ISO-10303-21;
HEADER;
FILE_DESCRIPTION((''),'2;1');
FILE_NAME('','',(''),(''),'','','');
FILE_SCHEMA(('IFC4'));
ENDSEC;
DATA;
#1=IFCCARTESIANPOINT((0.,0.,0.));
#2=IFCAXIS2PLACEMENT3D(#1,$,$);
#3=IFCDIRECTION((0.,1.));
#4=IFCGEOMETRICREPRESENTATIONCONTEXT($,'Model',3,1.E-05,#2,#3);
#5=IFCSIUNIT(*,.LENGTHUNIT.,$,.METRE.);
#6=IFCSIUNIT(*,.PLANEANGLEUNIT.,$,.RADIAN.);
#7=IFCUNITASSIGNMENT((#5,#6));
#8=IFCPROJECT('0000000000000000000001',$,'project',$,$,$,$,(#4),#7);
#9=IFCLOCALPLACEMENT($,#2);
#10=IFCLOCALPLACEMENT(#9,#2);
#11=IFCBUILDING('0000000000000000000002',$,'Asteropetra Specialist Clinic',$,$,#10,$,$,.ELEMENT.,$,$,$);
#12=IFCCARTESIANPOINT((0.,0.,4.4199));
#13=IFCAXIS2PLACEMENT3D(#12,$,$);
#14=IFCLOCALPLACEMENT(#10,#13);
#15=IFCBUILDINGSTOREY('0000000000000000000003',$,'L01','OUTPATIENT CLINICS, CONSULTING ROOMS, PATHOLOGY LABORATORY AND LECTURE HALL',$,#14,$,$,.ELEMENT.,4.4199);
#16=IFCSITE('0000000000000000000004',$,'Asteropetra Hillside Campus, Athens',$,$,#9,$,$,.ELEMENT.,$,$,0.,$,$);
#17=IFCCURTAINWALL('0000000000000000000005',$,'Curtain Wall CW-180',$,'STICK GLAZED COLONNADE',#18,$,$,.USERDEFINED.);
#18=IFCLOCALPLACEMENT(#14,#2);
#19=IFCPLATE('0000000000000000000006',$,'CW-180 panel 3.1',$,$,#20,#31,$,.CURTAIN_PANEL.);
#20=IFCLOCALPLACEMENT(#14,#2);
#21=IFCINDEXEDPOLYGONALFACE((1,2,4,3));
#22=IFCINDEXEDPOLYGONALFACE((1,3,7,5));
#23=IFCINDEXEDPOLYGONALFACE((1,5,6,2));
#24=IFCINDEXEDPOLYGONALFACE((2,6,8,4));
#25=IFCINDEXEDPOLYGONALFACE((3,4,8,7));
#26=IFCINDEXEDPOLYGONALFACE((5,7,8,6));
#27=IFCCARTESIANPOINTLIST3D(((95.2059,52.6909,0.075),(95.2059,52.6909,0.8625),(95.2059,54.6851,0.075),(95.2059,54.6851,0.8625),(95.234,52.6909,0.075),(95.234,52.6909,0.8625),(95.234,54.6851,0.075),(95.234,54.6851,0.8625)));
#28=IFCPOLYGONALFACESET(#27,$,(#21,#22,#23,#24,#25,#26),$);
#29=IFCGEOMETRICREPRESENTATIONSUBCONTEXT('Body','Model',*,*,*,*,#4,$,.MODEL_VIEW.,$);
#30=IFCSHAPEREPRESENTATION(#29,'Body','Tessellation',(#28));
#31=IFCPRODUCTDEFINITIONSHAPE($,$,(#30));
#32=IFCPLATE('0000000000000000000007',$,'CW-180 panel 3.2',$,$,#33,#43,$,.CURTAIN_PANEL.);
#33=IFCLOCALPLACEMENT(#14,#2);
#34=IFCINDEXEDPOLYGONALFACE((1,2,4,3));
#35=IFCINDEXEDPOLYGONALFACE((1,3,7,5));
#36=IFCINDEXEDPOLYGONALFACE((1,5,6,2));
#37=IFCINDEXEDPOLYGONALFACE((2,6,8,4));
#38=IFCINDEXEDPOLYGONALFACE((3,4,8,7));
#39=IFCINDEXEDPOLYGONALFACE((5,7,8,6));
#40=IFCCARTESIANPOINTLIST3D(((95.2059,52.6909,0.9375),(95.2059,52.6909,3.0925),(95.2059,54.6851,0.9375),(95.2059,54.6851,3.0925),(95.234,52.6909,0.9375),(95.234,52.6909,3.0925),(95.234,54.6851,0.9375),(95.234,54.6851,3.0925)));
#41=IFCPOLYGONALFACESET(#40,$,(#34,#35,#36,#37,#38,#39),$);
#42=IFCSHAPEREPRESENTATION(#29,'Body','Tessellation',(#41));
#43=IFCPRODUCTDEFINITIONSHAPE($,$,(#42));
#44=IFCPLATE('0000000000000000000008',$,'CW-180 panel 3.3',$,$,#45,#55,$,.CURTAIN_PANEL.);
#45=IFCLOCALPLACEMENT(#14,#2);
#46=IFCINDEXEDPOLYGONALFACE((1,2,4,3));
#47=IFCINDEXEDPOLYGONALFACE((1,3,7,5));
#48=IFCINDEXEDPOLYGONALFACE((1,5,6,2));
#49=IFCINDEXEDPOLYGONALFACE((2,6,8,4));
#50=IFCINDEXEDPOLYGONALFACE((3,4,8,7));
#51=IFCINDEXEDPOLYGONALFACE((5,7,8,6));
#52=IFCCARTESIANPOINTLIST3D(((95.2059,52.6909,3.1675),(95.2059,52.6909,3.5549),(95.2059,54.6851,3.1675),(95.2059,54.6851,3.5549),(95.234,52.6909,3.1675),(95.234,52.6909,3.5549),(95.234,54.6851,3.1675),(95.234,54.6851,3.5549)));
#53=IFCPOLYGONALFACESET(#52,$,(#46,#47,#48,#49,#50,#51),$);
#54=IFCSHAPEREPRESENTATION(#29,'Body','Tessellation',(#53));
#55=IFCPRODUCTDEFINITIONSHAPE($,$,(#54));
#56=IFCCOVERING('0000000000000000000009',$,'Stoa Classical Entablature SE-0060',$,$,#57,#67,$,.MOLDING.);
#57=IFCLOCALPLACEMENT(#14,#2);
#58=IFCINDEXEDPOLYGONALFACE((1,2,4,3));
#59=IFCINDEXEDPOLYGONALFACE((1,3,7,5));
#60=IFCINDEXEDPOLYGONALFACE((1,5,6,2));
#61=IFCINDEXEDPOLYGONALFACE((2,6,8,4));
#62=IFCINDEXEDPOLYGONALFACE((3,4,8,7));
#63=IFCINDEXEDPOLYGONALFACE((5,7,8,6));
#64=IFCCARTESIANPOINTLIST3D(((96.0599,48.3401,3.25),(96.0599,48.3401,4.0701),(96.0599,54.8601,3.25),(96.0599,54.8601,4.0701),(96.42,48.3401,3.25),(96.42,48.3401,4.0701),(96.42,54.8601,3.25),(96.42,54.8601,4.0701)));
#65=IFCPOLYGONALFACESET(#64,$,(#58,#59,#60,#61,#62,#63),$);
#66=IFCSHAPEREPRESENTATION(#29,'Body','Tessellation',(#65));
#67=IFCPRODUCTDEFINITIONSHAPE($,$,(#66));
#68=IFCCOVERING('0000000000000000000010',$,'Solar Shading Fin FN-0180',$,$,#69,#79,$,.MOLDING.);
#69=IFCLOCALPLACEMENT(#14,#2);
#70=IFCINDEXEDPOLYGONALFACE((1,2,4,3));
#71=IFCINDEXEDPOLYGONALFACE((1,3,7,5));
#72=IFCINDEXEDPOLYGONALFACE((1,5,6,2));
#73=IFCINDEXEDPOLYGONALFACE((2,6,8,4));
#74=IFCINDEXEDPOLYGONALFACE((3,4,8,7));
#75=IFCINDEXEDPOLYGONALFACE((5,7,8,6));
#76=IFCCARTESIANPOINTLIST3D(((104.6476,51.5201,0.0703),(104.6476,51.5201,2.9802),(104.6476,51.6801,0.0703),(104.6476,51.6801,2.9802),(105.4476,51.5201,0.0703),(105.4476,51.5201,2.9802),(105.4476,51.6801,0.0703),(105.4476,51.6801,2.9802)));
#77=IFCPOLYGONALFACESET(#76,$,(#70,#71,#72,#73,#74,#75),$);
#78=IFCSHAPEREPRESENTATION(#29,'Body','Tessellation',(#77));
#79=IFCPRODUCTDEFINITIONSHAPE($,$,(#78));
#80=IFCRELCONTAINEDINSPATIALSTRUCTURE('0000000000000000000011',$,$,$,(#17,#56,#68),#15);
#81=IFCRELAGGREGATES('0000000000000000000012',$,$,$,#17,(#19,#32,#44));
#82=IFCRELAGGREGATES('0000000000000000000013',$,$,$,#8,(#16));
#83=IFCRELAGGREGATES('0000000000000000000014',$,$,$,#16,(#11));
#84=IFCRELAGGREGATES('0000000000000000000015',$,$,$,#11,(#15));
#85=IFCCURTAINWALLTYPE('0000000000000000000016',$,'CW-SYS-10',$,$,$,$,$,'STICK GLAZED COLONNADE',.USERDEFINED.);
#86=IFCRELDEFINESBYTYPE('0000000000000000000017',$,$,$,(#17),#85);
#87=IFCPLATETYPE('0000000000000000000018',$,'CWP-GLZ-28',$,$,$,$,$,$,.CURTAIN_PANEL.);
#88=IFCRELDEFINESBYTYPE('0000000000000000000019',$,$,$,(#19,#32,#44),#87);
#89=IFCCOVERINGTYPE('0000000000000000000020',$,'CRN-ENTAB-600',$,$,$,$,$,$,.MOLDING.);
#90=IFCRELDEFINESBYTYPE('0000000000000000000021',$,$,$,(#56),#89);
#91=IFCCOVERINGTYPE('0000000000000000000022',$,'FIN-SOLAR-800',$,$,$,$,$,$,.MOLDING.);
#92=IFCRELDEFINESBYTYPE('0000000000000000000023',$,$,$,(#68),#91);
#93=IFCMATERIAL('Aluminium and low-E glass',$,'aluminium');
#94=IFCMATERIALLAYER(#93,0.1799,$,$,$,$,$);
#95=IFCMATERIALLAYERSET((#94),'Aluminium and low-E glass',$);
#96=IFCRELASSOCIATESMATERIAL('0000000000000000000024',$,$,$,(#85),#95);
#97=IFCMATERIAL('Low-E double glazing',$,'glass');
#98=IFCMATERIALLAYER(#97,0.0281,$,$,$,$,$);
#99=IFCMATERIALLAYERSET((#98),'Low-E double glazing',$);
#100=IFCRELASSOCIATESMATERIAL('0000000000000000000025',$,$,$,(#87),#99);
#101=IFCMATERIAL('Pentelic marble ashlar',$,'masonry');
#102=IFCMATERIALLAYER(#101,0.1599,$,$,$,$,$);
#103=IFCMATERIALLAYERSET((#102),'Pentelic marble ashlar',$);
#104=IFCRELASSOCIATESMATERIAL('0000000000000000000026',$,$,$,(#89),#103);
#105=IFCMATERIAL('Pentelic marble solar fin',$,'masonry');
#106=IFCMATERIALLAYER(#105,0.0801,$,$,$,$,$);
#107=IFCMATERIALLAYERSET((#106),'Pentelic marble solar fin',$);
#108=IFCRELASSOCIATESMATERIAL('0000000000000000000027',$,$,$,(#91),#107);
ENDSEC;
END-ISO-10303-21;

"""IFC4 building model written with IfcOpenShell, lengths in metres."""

from ifc_helpers import new_model, si_unit, direction, frame, origin, origin_2d, place, context, subcontext, project, spatial, rectangle, extrude, material, layer, layer_set, type_object, element, aggregate, save


model = new_model("IFC4")

# Units and contexts
model_context = context("Model", 3, precision=1e-05, world=origin(), true_north=direction((0.0, 1.0)))
body_context = subcontext(model_context, "Body", "Model", "MODEL_VIEW")
ifc_project = project(units=[si_unit("LENGTHUNIT", "METRE"), si_unit("PLANEANGLEUNIT", "RADIAN")], contexts=[model_context])

# Site, building, storey
site_placement = place(None, origin())
site = spatial("IfcSite", under=ifc_project, at=site_placement, Name="Asteropetra Hillside Campus, Athens", CompositionType="ELEMENT", RefElevation=0.0)
building_placement = place(site_placement, origin())
building = spatial("IfcBuilding", under=site, at=building_placement, Name="Asteropetra Specialist Clinic", CompositionType="ELEMENT")
storey_placement = place(building_placement, frame((0.0, 0.0, 4.4199)))
storey = spatial("IfcBuildingStorey", under=building, at=storey_placement, Name="L01", Description="OUTPATIENT CLINICS, CONSULTING ROOMS, PATHOLOGY LABORATORY AND LECTURE HALL", CompositionType="ELEMENT", Elevation=4.4199)

# Curtain wall
ifc_material_1 = material(Name="Aluminium and low-E glass", Category="aluminium")
ifc_layer_1 = layer(ifc_material_1, 0.1799)
ifc_layer_set_1 = layer_set([ifc_layer_1], Name="Aluminium and low-E glass")
curtain_wall_type_1 = type_object("IfcCurtainWallType", Name="CW-SYS-10", ElementType="STICK GLAZED COLONNADE", PredefinedType="USERDEFINED", material=ifc_layer_set_1)
curtain_wall_1_placement = place(storey_placement, origin())
curtain_wall_1 = element("IfcCurtainWall", 1, at=curtain_wall_1_placement, inside=storey, type_object=curtain_wall_type_1, Name="Curtain Wall CW-180", ObjectType="STICK GLAZED COLONNADE", PredefinedType="USERDEFINED")

# Plates
ifc_material_2 = material(Name="Low-E double glazing", Category="glass")
ifc_layer_2 = layer(ifc_material_2, 0.0281)
ifc_layer_set_2 = layer_set([ifc_layer_2], Name="Low-E double glazing")
plate_type = type_object("IfcPlateType", Name="CWP-GLZ-28", PredefinedType="CURTAIN_PANEL", material=ifc_layer_set_2)
plate_1_placement = place(storey_placement, frame((95.22, 53.688, 0.075), z_axis=(0.0, 0.0, 1.0), x_axis=(0.0, 1.0, 0.0)))
plate_1 = element("IfcPlate", 2, at=plate_1_placement, type_object=plate_type, Name="CW-180 panel 3.1", PredefinedType="CURTAIN_PANEL", context=body_context, shape_type="SweptSolid", body=[
    extrude(rectangle(XDim=1.9941, YDim=0.0281, at=origin_2d()), origin(), (0.0, 0.0, 1.0), 0.7876),
])
plate_2_placement = place(storey_placement, frame((95.22, 53.688, 0.9375), z_axis=(0.0, 0.0, 1.0), x_axis=(0.0, 1.0, 0.0)))
plate_2 = element("IfcPlate", 3, at=plate_2_placement, type_object=plate_type, Name="CW-180 panel 3.2", PredefinedType="CURTAIN_PANEL", context=body_context, shape_type="SweptSolid", body=[
    extrude(rectangle(XDim=1.9941, YDim=0.0281, at=origin_2d()), origin(), (0.0, 0.0, 1.0), 2.155),
])
plate_3_placement = place(storey_placement, frame((95.22, 53.688, 3.1675), z_axis=(0.0, 0.0, 1.0), x_axis=(0.0, 1.0, 0.0)))
plate_3 = element("IfcPlate", 4, at=plate_3_placement, type_object=plate_type, Name="CW-180 panel 3.3", PredefinedType="CURTAIN_PANEL", context=body_context, shape_type="SweptSolid", body=[
    extrude(rectangle(XDim=1.9941, YDim=0.0281, at=origin_2d()), origin(), (0.0, 0.0, 1.0), 0.3875),
])
aggregate(curtain_wall_1, [plate_1, plate_2, plate_3])

# Coverings
ifc_material_3 = material(Name="Pentelic marble ashlar", Category="masonry")
ifc_layer_3 = layer(ifc_material_3, 0.1599)
ifc_layer_set_3 = layer_set([ifc_layer_3], Name="Pentelic marble ashlar")
covering_type_1 = type_object("IfcCoveringType", Name="CRN-ENTAB-600", PredefinedType="MOLDING", material=ifc_layer_set_3)
covering_1_placement = place(storey_placement, frame((96.24, 51.6001, 3.25), z_axis=(0.0, 0.0, 1.0), x_axis=(1.0, 0.0, 0.0)))
element("IfcCovering", 5, at=covering_1_placement, inside=storey, type_object=covering_type_1, Name="Stoa Classical Entablature SE-0060", PredefinedType="MOLDING", context=body_context, shape_type="SweptSolid", body=[
    extrude(rectangle(XDim=0.3601, YDim=6.52, at=origin_2d()), origin(), (0.0, 0.0, 1.0), 0.8201),
])
ifc_material_4 = material(Name="Pentelic marble solar fin", Category="masonry")
ifc_layer_4 = layer(ifc_material_4, 0.0801)
ifc_layer_set_4 = layer_set([ifc_layer_4], Name="Pentelic marble solar fin")
covering_type_2 = type_object("IfcCoveringType", Name="FIN-SOLAR-800", PredefinedType="MOLDING", material=ifc_layer_set_4)
covering_2_placement = place(storey_placement, frame((105.0476, 51.6001, 0.0703), z_axis=(0.0, 0.0, 1.0), x_axis=(1.0, 0.0, 0.0)))
element("IfcCovering", 6, at=covering_2_placement, inside=storey, type_object=covering_type_2, Name="Solar Shading Fin FN-0180", PredefinedType="MOLDING", context=body_context, shape_type="SweptSolid", body=[
    extrude(rectangle(XDim=0.8, YDim=0.1599, at=origin_2d()), origin(), (0.0, 0.0, 1.0), 2.9099),
])

save(model, "model.ifc")
